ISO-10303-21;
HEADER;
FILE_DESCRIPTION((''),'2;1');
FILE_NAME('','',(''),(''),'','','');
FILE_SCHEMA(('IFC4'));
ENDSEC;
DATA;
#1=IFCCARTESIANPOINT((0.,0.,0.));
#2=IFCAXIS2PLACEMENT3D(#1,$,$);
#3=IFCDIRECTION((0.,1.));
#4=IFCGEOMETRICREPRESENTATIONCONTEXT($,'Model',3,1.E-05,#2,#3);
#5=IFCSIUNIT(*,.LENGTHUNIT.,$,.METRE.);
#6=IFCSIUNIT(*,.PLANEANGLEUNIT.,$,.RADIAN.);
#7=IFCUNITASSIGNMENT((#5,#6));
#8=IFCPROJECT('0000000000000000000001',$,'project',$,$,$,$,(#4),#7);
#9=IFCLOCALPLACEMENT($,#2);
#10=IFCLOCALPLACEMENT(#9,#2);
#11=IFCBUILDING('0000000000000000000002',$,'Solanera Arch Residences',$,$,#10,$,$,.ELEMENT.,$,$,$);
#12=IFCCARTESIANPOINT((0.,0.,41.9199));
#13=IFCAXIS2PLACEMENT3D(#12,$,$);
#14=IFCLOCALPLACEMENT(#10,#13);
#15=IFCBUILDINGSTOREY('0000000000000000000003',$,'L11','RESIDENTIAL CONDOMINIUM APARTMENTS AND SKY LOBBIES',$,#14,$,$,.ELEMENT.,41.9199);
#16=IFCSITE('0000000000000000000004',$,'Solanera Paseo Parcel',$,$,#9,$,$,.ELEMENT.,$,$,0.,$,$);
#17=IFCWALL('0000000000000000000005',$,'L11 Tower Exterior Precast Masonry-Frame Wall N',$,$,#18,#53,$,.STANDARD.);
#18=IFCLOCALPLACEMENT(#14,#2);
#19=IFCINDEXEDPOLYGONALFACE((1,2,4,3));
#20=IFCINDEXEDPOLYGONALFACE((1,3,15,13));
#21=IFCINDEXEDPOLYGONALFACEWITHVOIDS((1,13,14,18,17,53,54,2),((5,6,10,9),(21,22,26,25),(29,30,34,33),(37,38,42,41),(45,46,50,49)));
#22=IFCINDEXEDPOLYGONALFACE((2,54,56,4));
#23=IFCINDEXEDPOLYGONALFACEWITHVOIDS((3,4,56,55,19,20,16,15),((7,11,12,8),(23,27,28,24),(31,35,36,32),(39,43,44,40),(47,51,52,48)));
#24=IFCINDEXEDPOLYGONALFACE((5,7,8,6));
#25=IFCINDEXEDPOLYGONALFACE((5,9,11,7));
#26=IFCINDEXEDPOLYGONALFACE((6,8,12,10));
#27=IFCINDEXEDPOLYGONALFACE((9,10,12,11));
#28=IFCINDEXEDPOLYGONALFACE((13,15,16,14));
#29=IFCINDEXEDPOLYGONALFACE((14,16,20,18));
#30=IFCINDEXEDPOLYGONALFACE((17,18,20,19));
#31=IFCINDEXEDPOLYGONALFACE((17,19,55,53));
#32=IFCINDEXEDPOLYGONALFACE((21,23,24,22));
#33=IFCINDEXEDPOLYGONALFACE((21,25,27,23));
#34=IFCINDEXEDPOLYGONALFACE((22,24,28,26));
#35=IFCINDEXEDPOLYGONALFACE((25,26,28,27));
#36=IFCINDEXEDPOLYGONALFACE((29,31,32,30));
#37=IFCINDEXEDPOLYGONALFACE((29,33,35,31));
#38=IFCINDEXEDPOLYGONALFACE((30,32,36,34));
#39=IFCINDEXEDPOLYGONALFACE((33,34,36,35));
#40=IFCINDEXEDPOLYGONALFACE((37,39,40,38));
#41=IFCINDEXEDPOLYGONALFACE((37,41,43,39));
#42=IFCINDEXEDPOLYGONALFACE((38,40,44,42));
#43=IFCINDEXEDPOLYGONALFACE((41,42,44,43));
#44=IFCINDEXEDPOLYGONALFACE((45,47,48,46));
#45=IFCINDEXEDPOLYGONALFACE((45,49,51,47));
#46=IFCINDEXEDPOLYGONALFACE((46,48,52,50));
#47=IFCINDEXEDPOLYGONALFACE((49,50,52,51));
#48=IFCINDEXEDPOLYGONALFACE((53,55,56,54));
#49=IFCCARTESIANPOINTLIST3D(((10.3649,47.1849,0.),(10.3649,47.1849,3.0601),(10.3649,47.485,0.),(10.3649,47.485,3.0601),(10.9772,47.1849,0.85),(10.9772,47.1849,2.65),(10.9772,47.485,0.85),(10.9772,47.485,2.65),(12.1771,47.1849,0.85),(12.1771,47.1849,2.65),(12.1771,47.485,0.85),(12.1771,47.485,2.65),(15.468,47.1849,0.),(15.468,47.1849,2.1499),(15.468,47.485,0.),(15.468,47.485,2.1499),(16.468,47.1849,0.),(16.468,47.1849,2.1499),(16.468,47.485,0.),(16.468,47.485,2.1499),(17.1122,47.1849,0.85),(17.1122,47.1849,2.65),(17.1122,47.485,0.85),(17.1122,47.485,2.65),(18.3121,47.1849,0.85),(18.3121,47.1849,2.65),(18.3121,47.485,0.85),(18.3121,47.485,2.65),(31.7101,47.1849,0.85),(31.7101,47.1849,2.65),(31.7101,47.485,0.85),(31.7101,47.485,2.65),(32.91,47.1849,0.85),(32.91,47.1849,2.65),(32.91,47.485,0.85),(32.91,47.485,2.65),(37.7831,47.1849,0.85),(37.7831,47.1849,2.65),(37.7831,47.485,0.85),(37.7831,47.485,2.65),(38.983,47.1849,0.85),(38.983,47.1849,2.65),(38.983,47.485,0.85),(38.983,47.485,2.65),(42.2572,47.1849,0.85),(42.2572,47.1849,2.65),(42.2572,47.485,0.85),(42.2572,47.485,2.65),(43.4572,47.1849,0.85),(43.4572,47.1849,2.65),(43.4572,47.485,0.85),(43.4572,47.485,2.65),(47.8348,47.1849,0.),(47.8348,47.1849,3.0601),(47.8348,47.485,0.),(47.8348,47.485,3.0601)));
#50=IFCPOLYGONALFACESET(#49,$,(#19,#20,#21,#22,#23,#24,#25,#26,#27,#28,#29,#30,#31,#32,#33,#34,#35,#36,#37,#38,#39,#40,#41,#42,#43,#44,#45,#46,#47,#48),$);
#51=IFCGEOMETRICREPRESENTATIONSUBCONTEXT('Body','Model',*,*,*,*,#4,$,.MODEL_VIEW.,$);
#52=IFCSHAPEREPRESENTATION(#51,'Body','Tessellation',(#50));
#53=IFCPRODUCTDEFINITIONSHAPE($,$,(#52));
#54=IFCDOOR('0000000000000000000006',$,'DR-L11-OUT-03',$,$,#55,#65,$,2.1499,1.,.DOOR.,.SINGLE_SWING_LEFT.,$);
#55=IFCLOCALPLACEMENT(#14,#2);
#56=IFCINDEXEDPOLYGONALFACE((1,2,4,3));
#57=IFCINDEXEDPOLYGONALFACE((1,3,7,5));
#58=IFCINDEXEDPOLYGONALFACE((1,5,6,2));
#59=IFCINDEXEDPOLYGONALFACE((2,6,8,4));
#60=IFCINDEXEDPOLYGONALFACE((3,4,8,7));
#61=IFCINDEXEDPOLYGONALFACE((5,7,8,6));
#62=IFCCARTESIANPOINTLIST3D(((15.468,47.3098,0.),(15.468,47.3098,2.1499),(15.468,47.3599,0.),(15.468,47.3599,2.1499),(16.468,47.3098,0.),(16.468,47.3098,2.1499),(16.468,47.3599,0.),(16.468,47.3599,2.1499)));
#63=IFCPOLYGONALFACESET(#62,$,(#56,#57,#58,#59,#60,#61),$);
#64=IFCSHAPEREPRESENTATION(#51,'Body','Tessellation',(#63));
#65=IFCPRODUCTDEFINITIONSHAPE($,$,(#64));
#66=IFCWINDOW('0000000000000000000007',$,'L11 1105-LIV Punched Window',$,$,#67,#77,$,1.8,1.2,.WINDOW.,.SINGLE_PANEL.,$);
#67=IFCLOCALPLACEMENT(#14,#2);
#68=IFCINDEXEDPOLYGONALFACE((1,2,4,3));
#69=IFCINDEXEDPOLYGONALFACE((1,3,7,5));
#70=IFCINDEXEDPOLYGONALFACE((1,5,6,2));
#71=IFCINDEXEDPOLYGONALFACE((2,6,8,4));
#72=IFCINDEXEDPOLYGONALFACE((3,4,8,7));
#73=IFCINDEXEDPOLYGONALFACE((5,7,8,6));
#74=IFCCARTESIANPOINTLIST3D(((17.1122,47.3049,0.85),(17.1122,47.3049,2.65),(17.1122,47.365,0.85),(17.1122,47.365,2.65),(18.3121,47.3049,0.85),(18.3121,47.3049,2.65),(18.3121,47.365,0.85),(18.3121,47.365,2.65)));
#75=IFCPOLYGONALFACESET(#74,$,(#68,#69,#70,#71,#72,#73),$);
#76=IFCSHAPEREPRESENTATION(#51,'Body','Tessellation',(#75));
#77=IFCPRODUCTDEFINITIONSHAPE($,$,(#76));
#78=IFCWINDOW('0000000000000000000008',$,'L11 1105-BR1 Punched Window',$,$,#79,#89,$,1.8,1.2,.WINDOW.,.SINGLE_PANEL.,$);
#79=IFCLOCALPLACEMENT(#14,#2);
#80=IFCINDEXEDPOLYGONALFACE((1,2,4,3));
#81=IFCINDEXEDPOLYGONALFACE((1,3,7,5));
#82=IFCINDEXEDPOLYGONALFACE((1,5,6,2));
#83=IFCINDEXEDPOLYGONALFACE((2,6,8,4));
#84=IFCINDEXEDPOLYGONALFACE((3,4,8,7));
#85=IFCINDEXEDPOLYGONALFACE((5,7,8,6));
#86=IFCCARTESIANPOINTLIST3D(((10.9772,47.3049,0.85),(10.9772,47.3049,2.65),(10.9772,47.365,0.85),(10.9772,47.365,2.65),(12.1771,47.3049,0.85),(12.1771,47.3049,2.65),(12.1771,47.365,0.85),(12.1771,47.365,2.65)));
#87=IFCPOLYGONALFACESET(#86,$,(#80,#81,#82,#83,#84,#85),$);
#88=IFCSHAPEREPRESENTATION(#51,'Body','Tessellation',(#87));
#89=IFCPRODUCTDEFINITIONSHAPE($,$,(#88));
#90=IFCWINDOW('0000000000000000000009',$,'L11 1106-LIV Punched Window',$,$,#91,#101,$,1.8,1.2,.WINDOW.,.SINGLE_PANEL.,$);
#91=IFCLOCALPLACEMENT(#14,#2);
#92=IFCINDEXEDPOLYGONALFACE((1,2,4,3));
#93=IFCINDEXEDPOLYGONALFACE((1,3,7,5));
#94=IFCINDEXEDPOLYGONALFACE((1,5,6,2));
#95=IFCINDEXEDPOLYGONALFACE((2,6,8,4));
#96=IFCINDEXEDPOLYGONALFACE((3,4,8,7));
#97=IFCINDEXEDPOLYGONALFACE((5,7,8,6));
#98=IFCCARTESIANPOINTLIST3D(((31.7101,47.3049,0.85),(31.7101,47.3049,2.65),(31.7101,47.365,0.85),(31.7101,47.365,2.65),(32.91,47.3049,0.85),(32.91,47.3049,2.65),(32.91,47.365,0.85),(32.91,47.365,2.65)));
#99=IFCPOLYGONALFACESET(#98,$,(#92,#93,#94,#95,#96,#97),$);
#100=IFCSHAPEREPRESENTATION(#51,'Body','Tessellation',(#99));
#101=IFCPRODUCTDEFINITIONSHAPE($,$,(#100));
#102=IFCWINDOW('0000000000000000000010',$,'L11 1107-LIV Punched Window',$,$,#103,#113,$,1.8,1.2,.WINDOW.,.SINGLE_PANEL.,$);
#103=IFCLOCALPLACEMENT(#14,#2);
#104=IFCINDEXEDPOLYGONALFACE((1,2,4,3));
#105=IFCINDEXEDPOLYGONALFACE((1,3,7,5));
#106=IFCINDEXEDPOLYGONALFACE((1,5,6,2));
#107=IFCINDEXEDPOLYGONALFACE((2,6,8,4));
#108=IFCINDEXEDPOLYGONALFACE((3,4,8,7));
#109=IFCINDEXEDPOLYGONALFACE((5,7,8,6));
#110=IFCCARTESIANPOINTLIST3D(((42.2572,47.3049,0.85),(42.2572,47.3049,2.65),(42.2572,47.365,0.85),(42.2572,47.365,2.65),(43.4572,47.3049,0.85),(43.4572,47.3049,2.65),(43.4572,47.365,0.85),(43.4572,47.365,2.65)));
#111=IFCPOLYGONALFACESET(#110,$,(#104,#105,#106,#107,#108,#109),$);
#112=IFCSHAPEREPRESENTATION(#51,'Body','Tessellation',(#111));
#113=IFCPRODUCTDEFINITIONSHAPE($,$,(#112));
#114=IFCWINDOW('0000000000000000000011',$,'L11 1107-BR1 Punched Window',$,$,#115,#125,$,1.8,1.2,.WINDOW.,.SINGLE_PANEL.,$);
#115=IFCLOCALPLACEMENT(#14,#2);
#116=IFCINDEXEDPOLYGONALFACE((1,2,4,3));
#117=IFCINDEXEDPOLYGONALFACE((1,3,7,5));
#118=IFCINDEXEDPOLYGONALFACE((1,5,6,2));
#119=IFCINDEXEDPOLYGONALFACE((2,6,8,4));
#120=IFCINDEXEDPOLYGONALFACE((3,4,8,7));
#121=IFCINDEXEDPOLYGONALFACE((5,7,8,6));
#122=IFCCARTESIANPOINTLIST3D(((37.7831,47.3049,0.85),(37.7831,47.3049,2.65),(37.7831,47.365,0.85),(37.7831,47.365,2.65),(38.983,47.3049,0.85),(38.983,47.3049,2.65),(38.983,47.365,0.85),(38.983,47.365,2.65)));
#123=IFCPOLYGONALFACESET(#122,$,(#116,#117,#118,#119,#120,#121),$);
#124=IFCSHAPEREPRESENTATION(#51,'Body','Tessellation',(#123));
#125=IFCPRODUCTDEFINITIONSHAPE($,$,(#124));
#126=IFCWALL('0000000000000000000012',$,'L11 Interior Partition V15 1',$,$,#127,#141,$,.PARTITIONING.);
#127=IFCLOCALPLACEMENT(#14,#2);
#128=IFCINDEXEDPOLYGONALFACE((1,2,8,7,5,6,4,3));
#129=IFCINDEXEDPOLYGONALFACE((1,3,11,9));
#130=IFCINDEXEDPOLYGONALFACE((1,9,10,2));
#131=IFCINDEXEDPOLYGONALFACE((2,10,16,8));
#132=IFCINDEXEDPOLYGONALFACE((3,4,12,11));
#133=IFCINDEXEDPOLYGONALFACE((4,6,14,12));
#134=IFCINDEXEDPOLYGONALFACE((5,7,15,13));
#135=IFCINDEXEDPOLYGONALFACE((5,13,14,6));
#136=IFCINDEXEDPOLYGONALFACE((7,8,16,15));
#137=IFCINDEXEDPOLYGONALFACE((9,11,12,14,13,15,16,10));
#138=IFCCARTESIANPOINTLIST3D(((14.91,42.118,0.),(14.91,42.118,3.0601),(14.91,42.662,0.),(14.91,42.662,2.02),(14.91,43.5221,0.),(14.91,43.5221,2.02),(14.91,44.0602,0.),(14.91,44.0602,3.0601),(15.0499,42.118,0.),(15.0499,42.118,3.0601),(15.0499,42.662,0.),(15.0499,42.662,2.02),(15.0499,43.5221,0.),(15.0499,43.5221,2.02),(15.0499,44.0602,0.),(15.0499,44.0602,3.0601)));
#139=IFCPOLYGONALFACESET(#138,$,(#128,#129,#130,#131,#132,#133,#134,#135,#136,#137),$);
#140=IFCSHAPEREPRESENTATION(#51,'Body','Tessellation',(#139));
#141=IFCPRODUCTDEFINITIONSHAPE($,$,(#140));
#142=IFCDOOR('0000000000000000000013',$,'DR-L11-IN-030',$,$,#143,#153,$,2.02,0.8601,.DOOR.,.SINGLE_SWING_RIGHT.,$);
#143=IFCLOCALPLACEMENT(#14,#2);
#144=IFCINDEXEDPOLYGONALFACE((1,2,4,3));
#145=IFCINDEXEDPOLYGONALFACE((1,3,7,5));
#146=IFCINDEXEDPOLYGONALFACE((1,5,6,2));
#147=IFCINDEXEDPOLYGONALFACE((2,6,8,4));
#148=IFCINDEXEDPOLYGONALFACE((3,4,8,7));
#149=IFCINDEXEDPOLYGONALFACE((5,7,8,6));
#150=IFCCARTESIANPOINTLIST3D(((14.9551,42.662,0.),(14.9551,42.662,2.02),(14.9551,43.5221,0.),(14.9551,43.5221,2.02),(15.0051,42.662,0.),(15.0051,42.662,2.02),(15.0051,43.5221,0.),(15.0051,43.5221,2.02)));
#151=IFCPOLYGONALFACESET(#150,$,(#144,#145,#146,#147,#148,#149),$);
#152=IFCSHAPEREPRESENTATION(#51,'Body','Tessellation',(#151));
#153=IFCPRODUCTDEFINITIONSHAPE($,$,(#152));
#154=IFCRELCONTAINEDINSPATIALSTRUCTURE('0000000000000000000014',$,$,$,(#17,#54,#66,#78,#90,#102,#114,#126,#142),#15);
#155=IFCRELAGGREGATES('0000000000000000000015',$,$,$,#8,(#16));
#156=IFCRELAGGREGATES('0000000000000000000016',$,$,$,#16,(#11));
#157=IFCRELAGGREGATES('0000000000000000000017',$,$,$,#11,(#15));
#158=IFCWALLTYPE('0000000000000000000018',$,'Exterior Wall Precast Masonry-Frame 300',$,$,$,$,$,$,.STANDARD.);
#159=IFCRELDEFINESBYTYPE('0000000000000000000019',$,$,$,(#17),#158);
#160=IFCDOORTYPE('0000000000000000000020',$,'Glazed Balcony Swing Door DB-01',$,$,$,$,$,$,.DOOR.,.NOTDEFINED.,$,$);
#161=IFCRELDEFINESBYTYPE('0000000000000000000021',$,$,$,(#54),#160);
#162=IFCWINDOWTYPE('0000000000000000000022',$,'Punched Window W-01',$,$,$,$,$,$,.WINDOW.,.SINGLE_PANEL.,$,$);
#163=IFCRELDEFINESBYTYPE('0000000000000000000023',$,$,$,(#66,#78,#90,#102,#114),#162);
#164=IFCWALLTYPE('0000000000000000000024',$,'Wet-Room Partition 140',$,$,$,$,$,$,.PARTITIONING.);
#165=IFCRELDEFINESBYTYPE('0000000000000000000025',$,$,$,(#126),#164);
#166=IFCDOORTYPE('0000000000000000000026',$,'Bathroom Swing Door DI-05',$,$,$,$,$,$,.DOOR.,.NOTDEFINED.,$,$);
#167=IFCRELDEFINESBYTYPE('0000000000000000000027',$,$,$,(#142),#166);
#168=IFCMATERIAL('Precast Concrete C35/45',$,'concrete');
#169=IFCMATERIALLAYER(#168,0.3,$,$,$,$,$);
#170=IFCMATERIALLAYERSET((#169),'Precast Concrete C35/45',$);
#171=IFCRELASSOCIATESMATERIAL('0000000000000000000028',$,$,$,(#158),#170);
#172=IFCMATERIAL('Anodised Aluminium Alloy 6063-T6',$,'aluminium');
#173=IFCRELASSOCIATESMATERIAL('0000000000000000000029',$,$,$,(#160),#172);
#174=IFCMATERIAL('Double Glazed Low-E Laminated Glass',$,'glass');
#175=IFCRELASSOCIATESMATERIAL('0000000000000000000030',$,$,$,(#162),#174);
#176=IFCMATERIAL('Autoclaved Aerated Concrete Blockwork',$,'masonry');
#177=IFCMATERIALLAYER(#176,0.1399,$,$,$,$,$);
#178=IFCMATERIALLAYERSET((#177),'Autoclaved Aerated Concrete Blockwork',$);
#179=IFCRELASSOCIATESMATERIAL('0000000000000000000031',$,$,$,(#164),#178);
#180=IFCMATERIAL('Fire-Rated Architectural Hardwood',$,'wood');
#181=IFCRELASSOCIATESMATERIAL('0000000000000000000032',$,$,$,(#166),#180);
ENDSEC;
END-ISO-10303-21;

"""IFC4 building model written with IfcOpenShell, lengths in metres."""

from ifc_helpers import new_model, si_unit, direction, frame, frame_2d, origin, place, context, subcontext, project, spatial, rectangle, extrude, material, layer, layer_set, type_object, element, fill, save


model = new_model("IFC4")

# Units and contexts
model_context = context("Model", 3, precision=1e-05, world=origin(), true_north=direction((0.0, 1.0)))
body_context = subcontext(model_context, "Body", "Model", "MODEL_VIEW")
ifc_project = project(units=[si_unit("LENGTHUNIT", "METRE"), si_unit("PLANEANGLEUNIT", "RADIAN")], contexts=[model_context])

# Site, building, storey
site_placement = place(None, origin())
site = spatial("IfcSite", under=ifc_project, at=site_placement, Name="Solanera Paseo Parcel", CompositionType="ELEMENT", RefElevation=0.0)
building_placement = place(site_placement, origin())
building = spatial("IfcBuilding", under=site, at=building_placement, Name="Solanera Arch Residences", CompositionType="ELEMENT")
storey_placement = place(building_placement, frame((0.0, 0.0, 41.9199)))
storey = spatial("IfcBuildingStorey", under=building, at=storey_placement, Name="L11", Description="RESIDENTIAL CONDOMINIUM APARTMENTS AND SKY LOBBIES", CompositionType="ELEMENT", Elevation=41.9199)

# Wall, openings, door, windows
ifc_material_1 = material(Name="Precast Concrete C35/45", Category="concrete")
ifc_layer_1 = layer(ifc_material_1, 0.3)
ifc_layer_set_1 = layer_set([ifc_layer_1], Name="Precast Concrete C35/45")
wall_type_1 = type_object("IfcWallType", Name="Exterior Wall Precast Masonry-Frame 300", PredefinedType="STANDARD", material=ifc_layer_set_1)
wall_1_placement = place(storey_placement, frame((10.365, 47.335, 0.0), z_axis=(0.0, 0.0, 1.0), x_axis=(1.0, 0.0, 0.0)))
wall_1 = element("IfcWall", 1, at=wall_1_placement, inside=storey, type_object=wall_type_1, Name="L11 Tower Exterior Precast Masonry-Frame Wall N", PredefinedType="STANDARD", context=body_context, shape_type="SweptSolid", body=[
    extrude(rectangle(XDim=37.47, YDim=0.3, at=frame_2d((18.7349, 0.0))), origin(), (0.0, 0.0, 1.0), 3.0601),
])
opening_1_placement = place(wall_1_placement, frame((5.103, 0.0, 0.0)))
opening_1 = element("IfcOpeningElement", 2, at=opening_1_placement, cuts=wall_1, PredefinedType="OPENING", context=body_context, shape_type="SweptSolid", body=[
    extrude(rectangle(XDim=1.0, YDim=2.1499, at=frame_2d((0.5, 1.075))), frame((0.0, 0.1599, 0.0), z_axis=(0.0, -1.0, 0.0), x_axis=(1.0, 0.0, 0.0)), (0.0, 0.0, 1.0), 0.32),
])
opening_2_placement = place(wall_1_placement, frame((6.7471, 0.0, 0.8501)))
opening_2 = element("IfcOpeningElement", 3, at=opening_2_placement, cuts=wall_1, PredefinedType="OPENING", context=body_context, shape_type="SweptSolid", body=[
    extrude(rectangle(XDim=1.2, YDim=1.8, at=frame_2d((0.6001, 0.8999))), frame((0.0, 0.1599, 0.0), z_axis=(0.0, -1.0, 0.0), x_axis=(1.0, 0.0, 0.0)), (0.0, 0.0, 1.0), 0.32),
])
opening_3_placement = place(wall_1_placement, frame((0.6121, 0.0, 0.8501)))
opening_3 = element("IfcOpeningElement", 4, at=opening_3_placement, cuts=wall_1, PredefinedType="OPENING", context=body_context, shape_type="SweptSolid", body=[
    extrude(rectangle(XDim=1.2, YDim=1.8, at=frame_2d((0.6001, 0.8999))), frame((0.0, 0.1599, 0.0), z_axis=(0.0, -1.0, 0.0), x_axis=(1.0, 0.0, 0.0)), (0.0, 0.0, 1.0), 0.32),
])
opening_4_placement = place(wall_1_placement, frame((21.345, 0.0, 0.8501)))
opening_4 = element("IfcOpeningElement", 5, at=opening_4_placement, cuts=wall_1, PredefinedType="OPENING", context=body_context, shape_type="SweptSolid", body=[
    extrude(rectangle(XDim=1.2, YDim=1.8, at=frame_2d((0.6001, 0.8999))), frame((0.0, 0.1599, 0.0), z_axis=(0.0, -1.0, 0.0), x_axis=(1.0, 0.0, 0.0)), (0.0, 0.0, 1.0), 0.32),
])
opening_5_placement = place(wall_1_placement, frame((31.8921, 0.0, 0.8501)))
opening_5 = element("IfcOpeningElement", 6, at=opening_5_placement, cuts=wall_1, PredefinedType="OPENING", context=body_context, shape_type="SweptSolid", body=[
    extrude(rectangle(XDim=1.2, YDim=1.8, at=frame_2d((0.6001, 0.8999))), frame((0.0, 0.1599, 0.0), z_axis=(0.0, -1.0, 0.0), x_axis=(1.0, 0.0, 0.0)), (0.0, 0.0, 1.0), 0.32),
])
opening_6_placement = place(wall_1_placement, frame((27.418, 0.0, 0.8501)))
opening_6 = element("IfcOpeningElement", 7, at=opening_6_placement, cuts=wall_1, PredefinedType="OPENING", context=body_context, shape_type="SweptSolid", body=[
    extrude(rectangle(XDim=1.2, YDim=1.8, at=frame_2d((0.6001, 0.8999))), frame((0.0, 0.1599, 0.0), z_axis=(0.0, -1.0, 0.0), x_axis=(1.0, 0.0, 0.0)), (0.0, 0.0, 1.0), 0.32),
])
ifc_material_2 = material(Name="Anodised Aluminium Alloy 6063-T6", Category="aluminium")
door_type_1 = type_object("IfcDoorType", Name="Glazed Balcony Swing Door DB-01", OperationType="NOTDEFINED", PredefinedType="DOOR", material=ifc_material_2)
door_1_placement = place(opening_1_placement, origin())
door_1 = element("IfcDoor", 8, at=door_1_placement, inside=storey, type_object=door_type_1, Name="DR-L11-OUT-03", OperationType="SINGLE_SWING_LEFT", OverallHeight=2.1499, OverallWidth=1.0, PredefinedType="DOOR", context=body_context, shape_type="SweptSolid", body=[
    extrude(rectangle(XDim=1.0, YDim=2.1499, at=frame_2d((0.5, 1.075))), frame((0.0, 0.0249, 0.0), z_axis=(0.0, -1.0, 0.0), x_axis=(1.0, 0.0, 0.0)), (0.0, 0.0, 1.0), 0.05),
])
fill(opening_1, door_1)
ifc_material_3 = material(Name="Double Glazed Low-E Laminated Glass", Category="glass")
window_type = type_object("IfcWindowType", Name="Punched Window W-01", PartitioningType="SINGLE_PANEL", PredefinedType="WINDOW", material=ifc_material_3)
window_1_placement = place(opening_2_placement, origin())
window_1 = element("IfcWindow", 9, at=window_1_placement, inside=storey, type_object=window_type, Name="L11 1105-LIV Punched Window", OverallHeight=1.8, OverallWidth=1.2, PartitioningType="SINGLE_PANEL", PredefinedType="WINDOW", context=body_context, shape_type="SweptSolid", body=[
    extrude(rectangle(XDim=1.2, YDim=1.8, at=frame_2d((0.6001, 0.8999))), frame((0.0, 0.03, 0.0), z_axis=(0.0, -1.0, 0.0), x_axis=(1.0, 0.0, 0.0)), (0.0, 0.0, 1.0), 0.0601),
])
fill(opening_2, window_1)
window_2_placement = place(opening_3_placement, origin())
window_2 = element("IfcWindow", 10, at=window_2_placement, inside=storey, type_object=window_type, Name="L11 1105-BR1 Punched Window", OverallHeight=1.8, OverallWidth=1.2, PartitioningType="SINGLE_PANEL", PredefinedType="WINDOW", context=body_context, shape_type="SweptSolid", body=[
    extrude(rectangle(XDim=1.2, YDim=1.8, at=frame_2d((0.6001, 0.8999))), frame((0.0, 0.03, 0.0), z_axis=(0.0, -1.0, 0.0), x_axis=(1.0, 0.0, 0.0)), (0.0, 0.0, 1.0), 0.0601),
])
fill(opening_3, window_2)
window_3_placement = place(opening_4_placement, origin())
window_3 = element("IfcWindow", 11, at=window_3_placement, inside=storey, type_object=window_type, Name="L11 1106-LIV Punched Window", OverallHeight=1.8, OverallWidth=1.2, PartitioningType="SINGLE_PANEL", PredefinedType="WINDOW", context=body_context, shape_type="SweptSolid", body=[
    extrude(rectangle(XDim=1.2, YDim=1.8, at=frame_2d((0.6001, 0.8999))), frame((0.0, 0.03, 0.0), z_axis=(0.0, -1.0, 0.0), x_axis=(1.0, 0.0, 0.0)), (0.0, 0.0, 1.0), 0.0601),
])
fill(opening_4, window_3)
window_4_placement = place(opening_5_placement, origin())
window_4 = element("IfcWindow", 12, at=window_4_placement, inside=storey, type_object=window_type, Name="L11 1107-LIV Punched Window", OverallHeight=1.8, OverallWidth=1.2, PartitioningType="SINGLE_PANEL", PredefinedType="WINDOW", context=body_context, shape_type="SweptSolid", body=[
    extrude(rectangle(XDim=1.2, YDim=1.8, at=frame_2d((0.6001, 0.8999))), frame((0.0, 0.03, 0.0), z_axis=(0.0, -1.0, 0.0), x_axis=(1.0, 0.0, 0.0)), (0.0, 0.0, 1.0), 0.0601),
])
fill(opening_5, window_4)
window_5_placement = place(opening_6_placement, origin())
window_5 = element("IfcWindow", 13, at=window_5_placement, inside=storey, type_object=window_type, Name="L11 1107-BR1 Punched Window", OverallHeight=1.8, OverallWidth=1.2, PartitioningType="SINGLE_PANEL", PredefinedType="WINDOW", context=body_context, shape_type="SweptSolid", body=[
    extrude(rectangle(XDim=1.2, YDim=1.8, at=frame_2d((0.6001, 0.8999))), frame((0.0, 0.03, 0.0), z_axis=(0.0, -1.0, 0.0), x_axis=(1.0, 0.0, 0.0)), (0.0, 0.0, 1.0), 0.0601),
])
fill(opening_6, window_5)

# Wall, opening, door
ifc_material_4 = material(Name="Autoclaved Aerated Concrete Blockwork", Category="masonry")
ifc_layer_2 = layer(ifc_material_4, 0.1399)
ifc_layer_set_2 = layer_set([ifc_layer_2], Name="Autoclaved Aerated Concrete Blockwork")
wall_type_2 = type_object("IfcWallType", Name="Wet-Room Partition 140", PredefinedType="PARTITIONING", material=ifc_layer_set_2)
wall_2_placement = place(storey_placement, frame((14.98, 42.1179, 0.0), z_axis=(0.0, 0.0, 1.0), x_axis=(0.0, 1.0, 0.0)))
wall_2 = element("IfcWall", 14, at=wall_2_placement, inside=storey, type_object=wall_type_2, Name="L11 Interior Partition V15 1", PredefinedType="PARTITIONING", context=body_context, shape_type="SweptSolid", body=[
    extrude(rectangle(XDim=1.9421, YDim=0.1399, at=frame_2d((0.9712, 0.0))), origin(), (0.0, 0.0, 1.0), 3.0601),
])
opening_7_placement = place(wall_2_placement, frame((0.5439, 0.0, 0.0)))
opening_7 = element("IfcOpeningElement", 15, at=opening_7_placement, cuts=wall_2, PredefinedType="OPENING", context=body_context, shape_type="SweptSolid", body=[
    extrude(rectangle(XDim=0.8601, YDim=2.02, at=frame_2d((0.4302, 1.01))), frame((0.0, 0.0798, 0.0), z_axis=(0.0, -1.0, 0.0), x_axis=(1.0, 0.0, 0.0)), (0.0, 0.0, 1.0), 0.1599),
])
ifc_material_5 = material(Name="Fire-Rated Architectural Hardwood", Category="wood")
door_type_2 = type_object("IfcDoorType", Name="Bathroom Swing Door DI-05", OperationType="NOTDEFINED", PredefinedType="DOOR", material=ifc_material_5)
door_2_placement = place(opening_7_placement, origin())
door_2 = element("IfcDoor", 16, at=door_2_placement, inside=storey, type_object=door_type_2, Name="DR-L11-IN-030", OperationType="SINGLE_SWING_RIGHT", OverallHeight=2.02, OverallWidth=0.8601, PredefinedType="DOOR", context=body_context, shape_type="SweptSolid", body=[
    extrude(rectangle(XDim=0.8601, YDim=2.02, at=frame_2d((0.4302, 1.01))), frame((0.0, 0.0249, 0.0), z_axis=(0.0, -1.0, 0.0), x_axis=(1.0, 0.0, 0.0)), (0.0, 0.0, 1.0), 0.05),
])
fill(opening_7, door_2)

save(model, "model.ifc")
